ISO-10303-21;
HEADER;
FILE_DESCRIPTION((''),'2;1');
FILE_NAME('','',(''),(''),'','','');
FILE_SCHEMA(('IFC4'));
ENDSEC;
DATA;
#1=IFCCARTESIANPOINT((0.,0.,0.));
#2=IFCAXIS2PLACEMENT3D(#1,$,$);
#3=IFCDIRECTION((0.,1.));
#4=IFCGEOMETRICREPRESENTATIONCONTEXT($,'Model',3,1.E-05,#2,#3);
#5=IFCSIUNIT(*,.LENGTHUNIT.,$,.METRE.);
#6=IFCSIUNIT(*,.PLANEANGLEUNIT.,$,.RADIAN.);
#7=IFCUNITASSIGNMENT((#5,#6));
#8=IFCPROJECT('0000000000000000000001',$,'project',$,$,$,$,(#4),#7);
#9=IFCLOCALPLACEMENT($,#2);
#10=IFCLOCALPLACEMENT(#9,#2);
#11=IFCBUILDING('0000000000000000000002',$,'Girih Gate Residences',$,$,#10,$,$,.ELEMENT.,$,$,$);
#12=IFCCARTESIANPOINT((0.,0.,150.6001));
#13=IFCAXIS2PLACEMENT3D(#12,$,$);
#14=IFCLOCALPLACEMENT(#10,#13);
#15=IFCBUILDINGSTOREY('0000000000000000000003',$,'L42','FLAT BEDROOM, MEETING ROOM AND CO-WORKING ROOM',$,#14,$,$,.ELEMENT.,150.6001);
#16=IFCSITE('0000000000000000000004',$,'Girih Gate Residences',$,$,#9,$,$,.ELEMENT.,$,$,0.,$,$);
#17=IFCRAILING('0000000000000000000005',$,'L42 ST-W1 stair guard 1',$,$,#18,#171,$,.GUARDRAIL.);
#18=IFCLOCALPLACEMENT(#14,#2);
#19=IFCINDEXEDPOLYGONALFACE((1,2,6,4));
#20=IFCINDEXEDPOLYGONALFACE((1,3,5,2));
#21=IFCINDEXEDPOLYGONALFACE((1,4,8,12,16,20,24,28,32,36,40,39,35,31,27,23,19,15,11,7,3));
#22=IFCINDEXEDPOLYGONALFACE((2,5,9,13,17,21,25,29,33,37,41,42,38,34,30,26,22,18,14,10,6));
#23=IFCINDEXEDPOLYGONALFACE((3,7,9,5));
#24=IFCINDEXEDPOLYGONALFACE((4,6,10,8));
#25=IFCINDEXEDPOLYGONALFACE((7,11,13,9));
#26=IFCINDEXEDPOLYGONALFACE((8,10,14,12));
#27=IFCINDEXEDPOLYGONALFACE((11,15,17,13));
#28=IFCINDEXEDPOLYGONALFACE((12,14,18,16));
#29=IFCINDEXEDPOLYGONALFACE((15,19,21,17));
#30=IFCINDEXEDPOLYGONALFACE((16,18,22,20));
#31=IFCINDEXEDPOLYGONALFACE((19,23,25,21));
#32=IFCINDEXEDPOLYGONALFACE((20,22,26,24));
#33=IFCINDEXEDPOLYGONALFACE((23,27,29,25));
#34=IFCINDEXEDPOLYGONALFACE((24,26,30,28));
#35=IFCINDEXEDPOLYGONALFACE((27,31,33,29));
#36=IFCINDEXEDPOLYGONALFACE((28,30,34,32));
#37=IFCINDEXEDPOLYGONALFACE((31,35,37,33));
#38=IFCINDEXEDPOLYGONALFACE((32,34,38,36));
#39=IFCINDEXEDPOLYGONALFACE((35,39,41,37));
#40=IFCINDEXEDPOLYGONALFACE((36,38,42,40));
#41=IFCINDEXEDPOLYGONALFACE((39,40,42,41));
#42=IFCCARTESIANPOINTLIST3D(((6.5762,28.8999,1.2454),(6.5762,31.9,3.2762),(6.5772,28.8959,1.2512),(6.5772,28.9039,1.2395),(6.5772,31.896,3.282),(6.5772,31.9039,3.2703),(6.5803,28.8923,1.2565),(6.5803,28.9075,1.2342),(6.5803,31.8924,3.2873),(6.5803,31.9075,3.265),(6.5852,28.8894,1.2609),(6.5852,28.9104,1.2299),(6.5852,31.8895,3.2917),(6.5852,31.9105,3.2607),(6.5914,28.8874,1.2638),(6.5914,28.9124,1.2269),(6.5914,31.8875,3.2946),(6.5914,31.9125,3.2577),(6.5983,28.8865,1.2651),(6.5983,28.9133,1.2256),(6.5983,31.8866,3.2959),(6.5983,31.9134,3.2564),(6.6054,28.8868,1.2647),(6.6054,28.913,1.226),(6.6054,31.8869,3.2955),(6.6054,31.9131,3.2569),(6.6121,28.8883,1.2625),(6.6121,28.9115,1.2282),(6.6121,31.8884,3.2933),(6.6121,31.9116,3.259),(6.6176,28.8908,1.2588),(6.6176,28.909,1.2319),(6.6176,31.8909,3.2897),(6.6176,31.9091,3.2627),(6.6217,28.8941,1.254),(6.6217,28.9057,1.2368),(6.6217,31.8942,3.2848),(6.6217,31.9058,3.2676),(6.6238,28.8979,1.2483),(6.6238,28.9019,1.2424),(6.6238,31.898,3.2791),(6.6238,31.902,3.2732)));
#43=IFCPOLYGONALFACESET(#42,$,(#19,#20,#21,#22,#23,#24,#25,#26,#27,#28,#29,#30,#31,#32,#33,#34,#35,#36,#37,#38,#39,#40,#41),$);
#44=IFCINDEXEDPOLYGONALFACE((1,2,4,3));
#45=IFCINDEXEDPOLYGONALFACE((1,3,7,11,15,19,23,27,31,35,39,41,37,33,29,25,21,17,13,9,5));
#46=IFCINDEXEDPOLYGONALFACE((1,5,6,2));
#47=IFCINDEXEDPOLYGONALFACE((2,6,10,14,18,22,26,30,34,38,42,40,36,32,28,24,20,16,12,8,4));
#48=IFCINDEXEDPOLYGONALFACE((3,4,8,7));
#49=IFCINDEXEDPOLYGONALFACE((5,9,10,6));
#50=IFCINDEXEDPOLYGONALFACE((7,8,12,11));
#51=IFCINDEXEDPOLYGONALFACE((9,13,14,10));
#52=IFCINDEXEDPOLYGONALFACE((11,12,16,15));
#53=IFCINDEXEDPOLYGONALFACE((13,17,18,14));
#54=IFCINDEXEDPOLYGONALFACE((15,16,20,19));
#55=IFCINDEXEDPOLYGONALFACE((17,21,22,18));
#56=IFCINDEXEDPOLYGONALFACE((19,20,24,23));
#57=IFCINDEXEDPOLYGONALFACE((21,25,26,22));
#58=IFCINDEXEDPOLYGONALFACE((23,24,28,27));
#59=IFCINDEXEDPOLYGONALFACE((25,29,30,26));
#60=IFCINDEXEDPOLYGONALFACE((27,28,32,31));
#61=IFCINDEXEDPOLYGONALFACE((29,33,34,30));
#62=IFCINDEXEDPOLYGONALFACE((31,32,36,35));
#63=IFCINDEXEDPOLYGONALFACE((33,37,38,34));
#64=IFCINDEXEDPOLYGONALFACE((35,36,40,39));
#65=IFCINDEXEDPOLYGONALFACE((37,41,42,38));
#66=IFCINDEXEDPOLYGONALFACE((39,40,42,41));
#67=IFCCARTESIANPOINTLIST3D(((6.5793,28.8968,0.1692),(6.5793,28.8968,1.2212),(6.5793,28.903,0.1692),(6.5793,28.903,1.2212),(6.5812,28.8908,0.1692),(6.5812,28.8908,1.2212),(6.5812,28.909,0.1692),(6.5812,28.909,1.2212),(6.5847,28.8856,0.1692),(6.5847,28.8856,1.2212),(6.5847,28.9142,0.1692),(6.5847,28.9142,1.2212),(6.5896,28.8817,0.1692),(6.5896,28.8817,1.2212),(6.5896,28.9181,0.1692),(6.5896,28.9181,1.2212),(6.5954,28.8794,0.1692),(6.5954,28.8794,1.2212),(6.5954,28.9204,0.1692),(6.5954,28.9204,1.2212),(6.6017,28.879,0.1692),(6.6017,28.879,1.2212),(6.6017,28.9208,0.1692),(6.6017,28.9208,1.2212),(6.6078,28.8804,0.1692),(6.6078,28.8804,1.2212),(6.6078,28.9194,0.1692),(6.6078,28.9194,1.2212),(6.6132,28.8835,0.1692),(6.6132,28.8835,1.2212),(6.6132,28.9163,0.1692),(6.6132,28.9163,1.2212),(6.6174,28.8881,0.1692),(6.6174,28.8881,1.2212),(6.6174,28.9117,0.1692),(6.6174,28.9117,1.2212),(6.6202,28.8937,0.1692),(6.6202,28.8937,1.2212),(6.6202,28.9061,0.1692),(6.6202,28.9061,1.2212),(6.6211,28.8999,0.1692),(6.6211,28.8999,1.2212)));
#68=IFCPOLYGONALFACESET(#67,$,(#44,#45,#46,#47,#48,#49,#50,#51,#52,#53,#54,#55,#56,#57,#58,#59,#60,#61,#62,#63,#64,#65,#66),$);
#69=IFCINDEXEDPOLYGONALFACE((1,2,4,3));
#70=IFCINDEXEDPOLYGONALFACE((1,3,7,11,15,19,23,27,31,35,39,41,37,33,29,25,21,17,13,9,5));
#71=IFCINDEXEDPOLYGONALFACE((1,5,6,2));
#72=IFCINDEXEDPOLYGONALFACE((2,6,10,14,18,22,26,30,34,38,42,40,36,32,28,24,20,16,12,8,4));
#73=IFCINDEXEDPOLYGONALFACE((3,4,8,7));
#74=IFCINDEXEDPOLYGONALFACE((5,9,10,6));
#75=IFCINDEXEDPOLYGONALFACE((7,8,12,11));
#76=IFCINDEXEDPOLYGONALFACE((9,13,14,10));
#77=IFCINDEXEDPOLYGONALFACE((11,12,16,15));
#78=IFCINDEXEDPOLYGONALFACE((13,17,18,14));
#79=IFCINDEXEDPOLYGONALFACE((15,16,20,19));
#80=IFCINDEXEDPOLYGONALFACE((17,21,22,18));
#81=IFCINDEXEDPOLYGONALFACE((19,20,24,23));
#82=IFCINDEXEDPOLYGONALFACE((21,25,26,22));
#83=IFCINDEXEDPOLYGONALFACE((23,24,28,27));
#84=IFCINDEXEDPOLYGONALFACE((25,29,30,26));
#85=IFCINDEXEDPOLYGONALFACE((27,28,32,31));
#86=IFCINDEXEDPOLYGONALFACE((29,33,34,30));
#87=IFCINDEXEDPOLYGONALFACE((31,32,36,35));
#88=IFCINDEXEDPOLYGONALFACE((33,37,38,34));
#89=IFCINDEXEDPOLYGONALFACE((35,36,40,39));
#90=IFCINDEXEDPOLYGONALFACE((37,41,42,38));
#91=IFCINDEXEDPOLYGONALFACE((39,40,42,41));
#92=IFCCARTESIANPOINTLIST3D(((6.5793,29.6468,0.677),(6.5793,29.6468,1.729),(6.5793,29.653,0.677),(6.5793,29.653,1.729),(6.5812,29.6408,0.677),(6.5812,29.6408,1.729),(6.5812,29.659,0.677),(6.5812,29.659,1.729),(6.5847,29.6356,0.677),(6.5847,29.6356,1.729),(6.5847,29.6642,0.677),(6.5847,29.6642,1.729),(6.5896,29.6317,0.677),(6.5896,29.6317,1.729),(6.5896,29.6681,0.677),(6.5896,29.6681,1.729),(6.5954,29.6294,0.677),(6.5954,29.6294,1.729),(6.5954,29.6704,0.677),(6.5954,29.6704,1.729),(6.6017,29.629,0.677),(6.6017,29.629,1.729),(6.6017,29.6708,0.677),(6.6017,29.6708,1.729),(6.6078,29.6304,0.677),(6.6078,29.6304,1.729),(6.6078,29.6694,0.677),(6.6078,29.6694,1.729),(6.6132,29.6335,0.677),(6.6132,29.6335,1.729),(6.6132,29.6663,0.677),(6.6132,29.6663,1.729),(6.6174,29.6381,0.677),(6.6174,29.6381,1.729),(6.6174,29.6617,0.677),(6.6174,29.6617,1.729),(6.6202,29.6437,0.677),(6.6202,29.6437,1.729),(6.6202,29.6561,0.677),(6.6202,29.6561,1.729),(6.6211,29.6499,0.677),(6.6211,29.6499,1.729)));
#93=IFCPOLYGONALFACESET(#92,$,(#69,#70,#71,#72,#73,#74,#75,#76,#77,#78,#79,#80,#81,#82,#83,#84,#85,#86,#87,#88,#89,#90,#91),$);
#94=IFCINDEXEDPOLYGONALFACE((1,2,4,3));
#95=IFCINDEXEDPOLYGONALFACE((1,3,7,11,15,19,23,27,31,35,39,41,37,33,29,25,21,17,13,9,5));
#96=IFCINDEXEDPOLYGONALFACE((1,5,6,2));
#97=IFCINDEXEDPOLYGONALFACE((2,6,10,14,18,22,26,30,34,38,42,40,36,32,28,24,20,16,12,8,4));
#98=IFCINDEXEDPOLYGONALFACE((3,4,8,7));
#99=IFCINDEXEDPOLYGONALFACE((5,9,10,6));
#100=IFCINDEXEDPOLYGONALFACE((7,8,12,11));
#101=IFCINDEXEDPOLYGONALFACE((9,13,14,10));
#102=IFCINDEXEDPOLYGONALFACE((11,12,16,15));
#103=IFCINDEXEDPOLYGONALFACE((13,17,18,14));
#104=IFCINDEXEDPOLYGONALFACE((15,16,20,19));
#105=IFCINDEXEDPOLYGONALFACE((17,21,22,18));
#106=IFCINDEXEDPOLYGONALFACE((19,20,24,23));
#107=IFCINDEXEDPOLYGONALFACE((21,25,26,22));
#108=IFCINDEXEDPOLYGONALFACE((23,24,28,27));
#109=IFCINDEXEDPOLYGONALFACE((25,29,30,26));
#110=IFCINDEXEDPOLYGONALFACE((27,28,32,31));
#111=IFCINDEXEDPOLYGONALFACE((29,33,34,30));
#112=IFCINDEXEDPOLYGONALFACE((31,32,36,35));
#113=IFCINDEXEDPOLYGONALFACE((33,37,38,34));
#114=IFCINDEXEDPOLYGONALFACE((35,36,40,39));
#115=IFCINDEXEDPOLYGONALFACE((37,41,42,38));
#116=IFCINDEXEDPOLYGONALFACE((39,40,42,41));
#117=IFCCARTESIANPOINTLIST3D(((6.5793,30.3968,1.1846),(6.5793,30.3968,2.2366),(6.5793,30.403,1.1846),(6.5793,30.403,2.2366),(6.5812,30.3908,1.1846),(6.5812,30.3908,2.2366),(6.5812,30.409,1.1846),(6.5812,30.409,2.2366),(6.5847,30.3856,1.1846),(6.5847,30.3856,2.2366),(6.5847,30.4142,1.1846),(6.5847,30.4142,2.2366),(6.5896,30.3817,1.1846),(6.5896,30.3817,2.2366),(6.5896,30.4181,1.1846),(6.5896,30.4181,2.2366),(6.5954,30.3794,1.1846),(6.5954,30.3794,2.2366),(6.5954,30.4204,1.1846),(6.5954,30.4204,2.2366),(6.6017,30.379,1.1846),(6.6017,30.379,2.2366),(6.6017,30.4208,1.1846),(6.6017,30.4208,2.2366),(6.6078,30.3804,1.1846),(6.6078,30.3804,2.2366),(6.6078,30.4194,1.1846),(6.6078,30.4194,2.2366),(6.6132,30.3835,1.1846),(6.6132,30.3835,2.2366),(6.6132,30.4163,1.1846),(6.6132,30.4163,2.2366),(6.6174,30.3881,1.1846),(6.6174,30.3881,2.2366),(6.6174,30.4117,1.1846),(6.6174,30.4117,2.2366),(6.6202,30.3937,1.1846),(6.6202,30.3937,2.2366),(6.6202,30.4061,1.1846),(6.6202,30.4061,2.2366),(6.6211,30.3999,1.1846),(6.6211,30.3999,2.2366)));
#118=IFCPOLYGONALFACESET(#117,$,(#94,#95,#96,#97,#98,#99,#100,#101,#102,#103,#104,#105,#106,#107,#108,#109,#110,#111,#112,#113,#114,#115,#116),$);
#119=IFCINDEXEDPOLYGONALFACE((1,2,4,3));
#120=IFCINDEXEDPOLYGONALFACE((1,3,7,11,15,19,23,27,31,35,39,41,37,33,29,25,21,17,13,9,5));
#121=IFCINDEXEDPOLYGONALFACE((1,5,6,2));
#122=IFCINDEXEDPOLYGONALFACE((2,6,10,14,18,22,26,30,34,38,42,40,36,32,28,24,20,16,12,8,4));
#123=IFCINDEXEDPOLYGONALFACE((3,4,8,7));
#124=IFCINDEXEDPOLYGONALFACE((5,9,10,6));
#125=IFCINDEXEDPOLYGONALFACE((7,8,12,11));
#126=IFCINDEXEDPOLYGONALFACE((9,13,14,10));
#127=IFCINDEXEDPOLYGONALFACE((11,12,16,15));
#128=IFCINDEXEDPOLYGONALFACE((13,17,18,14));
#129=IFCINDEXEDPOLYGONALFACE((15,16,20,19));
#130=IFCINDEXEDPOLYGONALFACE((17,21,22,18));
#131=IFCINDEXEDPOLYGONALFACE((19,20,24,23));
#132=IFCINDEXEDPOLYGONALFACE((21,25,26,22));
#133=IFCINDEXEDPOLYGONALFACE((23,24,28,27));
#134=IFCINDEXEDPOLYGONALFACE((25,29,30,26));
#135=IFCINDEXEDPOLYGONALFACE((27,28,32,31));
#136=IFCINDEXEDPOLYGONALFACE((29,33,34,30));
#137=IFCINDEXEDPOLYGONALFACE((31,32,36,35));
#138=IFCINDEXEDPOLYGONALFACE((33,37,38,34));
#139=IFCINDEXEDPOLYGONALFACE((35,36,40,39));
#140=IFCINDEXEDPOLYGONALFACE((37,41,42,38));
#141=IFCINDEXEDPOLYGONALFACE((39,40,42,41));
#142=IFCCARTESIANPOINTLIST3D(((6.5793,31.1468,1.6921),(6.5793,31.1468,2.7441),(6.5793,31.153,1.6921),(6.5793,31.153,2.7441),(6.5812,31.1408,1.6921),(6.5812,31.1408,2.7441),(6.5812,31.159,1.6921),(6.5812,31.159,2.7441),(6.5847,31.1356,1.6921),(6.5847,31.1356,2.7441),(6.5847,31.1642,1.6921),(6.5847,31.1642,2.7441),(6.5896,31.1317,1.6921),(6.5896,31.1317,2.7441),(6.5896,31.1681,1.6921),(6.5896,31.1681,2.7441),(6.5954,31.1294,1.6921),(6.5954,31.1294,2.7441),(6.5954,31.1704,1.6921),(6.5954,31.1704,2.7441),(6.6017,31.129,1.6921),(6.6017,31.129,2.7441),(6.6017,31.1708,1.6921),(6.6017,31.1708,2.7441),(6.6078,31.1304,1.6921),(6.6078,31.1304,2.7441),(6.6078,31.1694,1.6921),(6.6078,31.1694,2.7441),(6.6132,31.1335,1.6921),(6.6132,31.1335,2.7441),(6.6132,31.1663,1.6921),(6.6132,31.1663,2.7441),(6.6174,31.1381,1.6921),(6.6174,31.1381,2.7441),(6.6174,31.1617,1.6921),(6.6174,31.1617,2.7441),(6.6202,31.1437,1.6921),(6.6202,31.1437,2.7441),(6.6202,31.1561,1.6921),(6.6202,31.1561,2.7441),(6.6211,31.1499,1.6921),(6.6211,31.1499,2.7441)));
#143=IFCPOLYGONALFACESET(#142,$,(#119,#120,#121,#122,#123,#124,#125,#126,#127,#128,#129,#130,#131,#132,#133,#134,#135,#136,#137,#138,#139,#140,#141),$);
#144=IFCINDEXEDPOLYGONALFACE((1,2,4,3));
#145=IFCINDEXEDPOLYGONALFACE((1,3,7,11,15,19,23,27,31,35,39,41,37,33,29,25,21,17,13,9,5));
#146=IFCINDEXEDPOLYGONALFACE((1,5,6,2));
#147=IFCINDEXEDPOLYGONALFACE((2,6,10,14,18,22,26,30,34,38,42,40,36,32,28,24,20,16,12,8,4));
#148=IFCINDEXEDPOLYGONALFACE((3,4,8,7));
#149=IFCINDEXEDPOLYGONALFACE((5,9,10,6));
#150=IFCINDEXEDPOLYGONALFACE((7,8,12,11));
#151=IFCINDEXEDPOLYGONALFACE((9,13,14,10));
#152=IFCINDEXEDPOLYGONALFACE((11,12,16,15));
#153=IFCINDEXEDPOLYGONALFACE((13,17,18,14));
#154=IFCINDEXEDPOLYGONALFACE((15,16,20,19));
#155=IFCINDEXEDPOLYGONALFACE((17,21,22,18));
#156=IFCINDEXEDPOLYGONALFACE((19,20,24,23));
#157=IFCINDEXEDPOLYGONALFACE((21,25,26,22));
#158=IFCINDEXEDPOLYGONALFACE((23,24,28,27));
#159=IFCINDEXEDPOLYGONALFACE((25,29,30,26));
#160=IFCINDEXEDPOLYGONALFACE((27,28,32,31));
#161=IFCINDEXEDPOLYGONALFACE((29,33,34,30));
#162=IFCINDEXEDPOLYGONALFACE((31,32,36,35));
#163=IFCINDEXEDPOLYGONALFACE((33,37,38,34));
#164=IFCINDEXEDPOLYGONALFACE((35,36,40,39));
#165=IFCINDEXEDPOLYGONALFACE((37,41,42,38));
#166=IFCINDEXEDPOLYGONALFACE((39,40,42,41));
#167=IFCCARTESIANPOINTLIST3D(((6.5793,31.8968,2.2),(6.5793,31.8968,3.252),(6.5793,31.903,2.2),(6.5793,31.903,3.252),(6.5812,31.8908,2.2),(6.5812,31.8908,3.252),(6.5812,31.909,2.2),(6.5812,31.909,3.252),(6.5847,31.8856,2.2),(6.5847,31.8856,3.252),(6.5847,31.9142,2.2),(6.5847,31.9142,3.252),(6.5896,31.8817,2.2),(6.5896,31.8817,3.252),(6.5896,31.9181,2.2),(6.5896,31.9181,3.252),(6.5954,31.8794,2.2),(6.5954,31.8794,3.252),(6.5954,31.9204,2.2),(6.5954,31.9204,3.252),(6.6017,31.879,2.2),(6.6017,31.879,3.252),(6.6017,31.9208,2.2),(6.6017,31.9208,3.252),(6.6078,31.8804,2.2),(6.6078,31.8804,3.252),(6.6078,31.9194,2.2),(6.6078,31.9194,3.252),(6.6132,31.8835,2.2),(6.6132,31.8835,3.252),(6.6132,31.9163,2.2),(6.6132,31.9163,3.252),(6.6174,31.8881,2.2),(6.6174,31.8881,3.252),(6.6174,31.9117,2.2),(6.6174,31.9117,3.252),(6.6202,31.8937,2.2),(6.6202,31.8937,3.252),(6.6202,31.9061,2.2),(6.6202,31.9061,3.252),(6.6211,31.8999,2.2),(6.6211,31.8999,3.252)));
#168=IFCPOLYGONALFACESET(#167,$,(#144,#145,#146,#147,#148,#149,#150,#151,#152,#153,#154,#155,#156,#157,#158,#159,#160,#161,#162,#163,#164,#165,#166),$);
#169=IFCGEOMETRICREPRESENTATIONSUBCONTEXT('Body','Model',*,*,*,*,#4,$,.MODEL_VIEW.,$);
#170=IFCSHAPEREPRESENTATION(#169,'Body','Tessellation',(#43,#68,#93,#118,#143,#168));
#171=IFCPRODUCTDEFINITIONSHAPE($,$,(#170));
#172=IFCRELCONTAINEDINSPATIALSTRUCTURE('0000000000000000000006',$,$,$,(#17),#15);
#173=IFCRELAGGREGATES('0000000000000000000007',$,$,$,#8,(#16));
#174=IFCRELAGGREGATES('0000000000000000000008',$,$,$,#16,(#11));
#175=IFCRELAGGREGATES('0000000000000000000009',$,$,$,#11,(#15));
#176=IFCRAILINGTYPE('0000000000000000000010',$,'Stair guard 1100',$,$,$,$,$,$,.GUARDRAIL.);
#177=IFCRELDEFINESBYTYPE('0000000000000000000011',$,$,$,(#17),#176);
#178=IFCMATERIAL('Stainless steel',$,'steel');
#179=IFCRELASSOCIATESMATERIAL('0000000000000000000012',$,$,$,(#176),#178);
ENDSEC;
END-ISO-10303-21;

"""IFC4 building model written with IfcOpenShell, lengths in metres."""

from ifc_helpers import new_model, si_unit, direction, frame, origin, origin_2d, place, context, subcontext, project, spatial, circle, extrude, material, type_object, element, save


model = new_model("IFC4")

# Units and contexts
model_context = context("Model", 3, precision=1e-05, world=origin(), true_north=direction((0.0, 1.0)))
body_context = subcontext(model_context, "Body", "Model", "MODEL_VIEW")
ifc_project = project(units=[si_unit("LENGTHUNIT", "METRE"), si_unit("PLANEANGLEUNIT", "RADIAN")], contexts=[model_context])

# Site, building, storey
site_placement = place(None, origin())
site = spatial("IfcSite", under=ifc_project, at=site_placement, Name="Girih Gate Residences", CompositionType="ELEMENT", RefElevation=0.0)
building_placement = place(site_placement, origin())
building = spatial("IfcBuilding", under=site, at=building_placement, Name="Girih Gate Residences", CompositionType="ELEMENT")
storey_placement = place(building_placement, frame((0.0, 0.0, 150.6001)))
storey = spatial("IfcBuildingStorey", under=building, at=storey_placement, Name="L42", Description="FLAT BEDROOM, MEETING ROOM AND CO-WORKING ROOM", CompositionType="ELEMENT", Elevation=150.6001)

# Railing
ifc_material_1 = material(Name="Stainless steel", Category="steel")
railing_type_1 = type_object("IfcRailingType", Name="Stair guard 1100", PredefinedType="GUARDRAIL", material=ifc_material_1)
railing_1_placement = place(storey_placement, frame((6.6001, 28.8999, 0.1692)))
element("IfcRailing", 1, at=railing_1_placement, inside=storey, type_object=railing_type_1, Name="L42 ST-W1 stair guard 1", PredefinedType="GUARDRAIL", context=body_context, shape_type="SweptSolid", body=[
    extrude(circle(Radius=0.0239, at=origin_2d()), frame((0.0, 0.0, 1.0762), z_axis=(0.0, 0.82811, 0.560565), x_axis=(-1.0, 0.0, 0.0)), (0.0, 0.0, 1.0), 3.6228),
    extrude(circle(Radius=0.021, at=origin_2d()), origin(), (0.0, 0.0, 1.0), 1.052),
    extrude(circle(Radius=0.021, at=origin_2d()), frame((0.0, 0.75, 0.5078)), (0.0, 0.0, 1.0), 1.052),
    extrude(circle(Radius=0.021, at=origin_2d()), frame((0.0, 1.5, 1.0154)), (0.0, 0.0, 1.0), 1.052),
    extrude(circle(Radius=0.021, at=origin_2d()), frame((0.0, 2.25, 1.5229)), (0.0, 0.0, 1.0), 1.052),
    extrude(circle(Radius=0.021, at=origin_2d()), frame((0.0, 3.0, 2.0308)), (0.0, 0.0, 1.0), 1.052),
])

save(model, "model.ifc")
